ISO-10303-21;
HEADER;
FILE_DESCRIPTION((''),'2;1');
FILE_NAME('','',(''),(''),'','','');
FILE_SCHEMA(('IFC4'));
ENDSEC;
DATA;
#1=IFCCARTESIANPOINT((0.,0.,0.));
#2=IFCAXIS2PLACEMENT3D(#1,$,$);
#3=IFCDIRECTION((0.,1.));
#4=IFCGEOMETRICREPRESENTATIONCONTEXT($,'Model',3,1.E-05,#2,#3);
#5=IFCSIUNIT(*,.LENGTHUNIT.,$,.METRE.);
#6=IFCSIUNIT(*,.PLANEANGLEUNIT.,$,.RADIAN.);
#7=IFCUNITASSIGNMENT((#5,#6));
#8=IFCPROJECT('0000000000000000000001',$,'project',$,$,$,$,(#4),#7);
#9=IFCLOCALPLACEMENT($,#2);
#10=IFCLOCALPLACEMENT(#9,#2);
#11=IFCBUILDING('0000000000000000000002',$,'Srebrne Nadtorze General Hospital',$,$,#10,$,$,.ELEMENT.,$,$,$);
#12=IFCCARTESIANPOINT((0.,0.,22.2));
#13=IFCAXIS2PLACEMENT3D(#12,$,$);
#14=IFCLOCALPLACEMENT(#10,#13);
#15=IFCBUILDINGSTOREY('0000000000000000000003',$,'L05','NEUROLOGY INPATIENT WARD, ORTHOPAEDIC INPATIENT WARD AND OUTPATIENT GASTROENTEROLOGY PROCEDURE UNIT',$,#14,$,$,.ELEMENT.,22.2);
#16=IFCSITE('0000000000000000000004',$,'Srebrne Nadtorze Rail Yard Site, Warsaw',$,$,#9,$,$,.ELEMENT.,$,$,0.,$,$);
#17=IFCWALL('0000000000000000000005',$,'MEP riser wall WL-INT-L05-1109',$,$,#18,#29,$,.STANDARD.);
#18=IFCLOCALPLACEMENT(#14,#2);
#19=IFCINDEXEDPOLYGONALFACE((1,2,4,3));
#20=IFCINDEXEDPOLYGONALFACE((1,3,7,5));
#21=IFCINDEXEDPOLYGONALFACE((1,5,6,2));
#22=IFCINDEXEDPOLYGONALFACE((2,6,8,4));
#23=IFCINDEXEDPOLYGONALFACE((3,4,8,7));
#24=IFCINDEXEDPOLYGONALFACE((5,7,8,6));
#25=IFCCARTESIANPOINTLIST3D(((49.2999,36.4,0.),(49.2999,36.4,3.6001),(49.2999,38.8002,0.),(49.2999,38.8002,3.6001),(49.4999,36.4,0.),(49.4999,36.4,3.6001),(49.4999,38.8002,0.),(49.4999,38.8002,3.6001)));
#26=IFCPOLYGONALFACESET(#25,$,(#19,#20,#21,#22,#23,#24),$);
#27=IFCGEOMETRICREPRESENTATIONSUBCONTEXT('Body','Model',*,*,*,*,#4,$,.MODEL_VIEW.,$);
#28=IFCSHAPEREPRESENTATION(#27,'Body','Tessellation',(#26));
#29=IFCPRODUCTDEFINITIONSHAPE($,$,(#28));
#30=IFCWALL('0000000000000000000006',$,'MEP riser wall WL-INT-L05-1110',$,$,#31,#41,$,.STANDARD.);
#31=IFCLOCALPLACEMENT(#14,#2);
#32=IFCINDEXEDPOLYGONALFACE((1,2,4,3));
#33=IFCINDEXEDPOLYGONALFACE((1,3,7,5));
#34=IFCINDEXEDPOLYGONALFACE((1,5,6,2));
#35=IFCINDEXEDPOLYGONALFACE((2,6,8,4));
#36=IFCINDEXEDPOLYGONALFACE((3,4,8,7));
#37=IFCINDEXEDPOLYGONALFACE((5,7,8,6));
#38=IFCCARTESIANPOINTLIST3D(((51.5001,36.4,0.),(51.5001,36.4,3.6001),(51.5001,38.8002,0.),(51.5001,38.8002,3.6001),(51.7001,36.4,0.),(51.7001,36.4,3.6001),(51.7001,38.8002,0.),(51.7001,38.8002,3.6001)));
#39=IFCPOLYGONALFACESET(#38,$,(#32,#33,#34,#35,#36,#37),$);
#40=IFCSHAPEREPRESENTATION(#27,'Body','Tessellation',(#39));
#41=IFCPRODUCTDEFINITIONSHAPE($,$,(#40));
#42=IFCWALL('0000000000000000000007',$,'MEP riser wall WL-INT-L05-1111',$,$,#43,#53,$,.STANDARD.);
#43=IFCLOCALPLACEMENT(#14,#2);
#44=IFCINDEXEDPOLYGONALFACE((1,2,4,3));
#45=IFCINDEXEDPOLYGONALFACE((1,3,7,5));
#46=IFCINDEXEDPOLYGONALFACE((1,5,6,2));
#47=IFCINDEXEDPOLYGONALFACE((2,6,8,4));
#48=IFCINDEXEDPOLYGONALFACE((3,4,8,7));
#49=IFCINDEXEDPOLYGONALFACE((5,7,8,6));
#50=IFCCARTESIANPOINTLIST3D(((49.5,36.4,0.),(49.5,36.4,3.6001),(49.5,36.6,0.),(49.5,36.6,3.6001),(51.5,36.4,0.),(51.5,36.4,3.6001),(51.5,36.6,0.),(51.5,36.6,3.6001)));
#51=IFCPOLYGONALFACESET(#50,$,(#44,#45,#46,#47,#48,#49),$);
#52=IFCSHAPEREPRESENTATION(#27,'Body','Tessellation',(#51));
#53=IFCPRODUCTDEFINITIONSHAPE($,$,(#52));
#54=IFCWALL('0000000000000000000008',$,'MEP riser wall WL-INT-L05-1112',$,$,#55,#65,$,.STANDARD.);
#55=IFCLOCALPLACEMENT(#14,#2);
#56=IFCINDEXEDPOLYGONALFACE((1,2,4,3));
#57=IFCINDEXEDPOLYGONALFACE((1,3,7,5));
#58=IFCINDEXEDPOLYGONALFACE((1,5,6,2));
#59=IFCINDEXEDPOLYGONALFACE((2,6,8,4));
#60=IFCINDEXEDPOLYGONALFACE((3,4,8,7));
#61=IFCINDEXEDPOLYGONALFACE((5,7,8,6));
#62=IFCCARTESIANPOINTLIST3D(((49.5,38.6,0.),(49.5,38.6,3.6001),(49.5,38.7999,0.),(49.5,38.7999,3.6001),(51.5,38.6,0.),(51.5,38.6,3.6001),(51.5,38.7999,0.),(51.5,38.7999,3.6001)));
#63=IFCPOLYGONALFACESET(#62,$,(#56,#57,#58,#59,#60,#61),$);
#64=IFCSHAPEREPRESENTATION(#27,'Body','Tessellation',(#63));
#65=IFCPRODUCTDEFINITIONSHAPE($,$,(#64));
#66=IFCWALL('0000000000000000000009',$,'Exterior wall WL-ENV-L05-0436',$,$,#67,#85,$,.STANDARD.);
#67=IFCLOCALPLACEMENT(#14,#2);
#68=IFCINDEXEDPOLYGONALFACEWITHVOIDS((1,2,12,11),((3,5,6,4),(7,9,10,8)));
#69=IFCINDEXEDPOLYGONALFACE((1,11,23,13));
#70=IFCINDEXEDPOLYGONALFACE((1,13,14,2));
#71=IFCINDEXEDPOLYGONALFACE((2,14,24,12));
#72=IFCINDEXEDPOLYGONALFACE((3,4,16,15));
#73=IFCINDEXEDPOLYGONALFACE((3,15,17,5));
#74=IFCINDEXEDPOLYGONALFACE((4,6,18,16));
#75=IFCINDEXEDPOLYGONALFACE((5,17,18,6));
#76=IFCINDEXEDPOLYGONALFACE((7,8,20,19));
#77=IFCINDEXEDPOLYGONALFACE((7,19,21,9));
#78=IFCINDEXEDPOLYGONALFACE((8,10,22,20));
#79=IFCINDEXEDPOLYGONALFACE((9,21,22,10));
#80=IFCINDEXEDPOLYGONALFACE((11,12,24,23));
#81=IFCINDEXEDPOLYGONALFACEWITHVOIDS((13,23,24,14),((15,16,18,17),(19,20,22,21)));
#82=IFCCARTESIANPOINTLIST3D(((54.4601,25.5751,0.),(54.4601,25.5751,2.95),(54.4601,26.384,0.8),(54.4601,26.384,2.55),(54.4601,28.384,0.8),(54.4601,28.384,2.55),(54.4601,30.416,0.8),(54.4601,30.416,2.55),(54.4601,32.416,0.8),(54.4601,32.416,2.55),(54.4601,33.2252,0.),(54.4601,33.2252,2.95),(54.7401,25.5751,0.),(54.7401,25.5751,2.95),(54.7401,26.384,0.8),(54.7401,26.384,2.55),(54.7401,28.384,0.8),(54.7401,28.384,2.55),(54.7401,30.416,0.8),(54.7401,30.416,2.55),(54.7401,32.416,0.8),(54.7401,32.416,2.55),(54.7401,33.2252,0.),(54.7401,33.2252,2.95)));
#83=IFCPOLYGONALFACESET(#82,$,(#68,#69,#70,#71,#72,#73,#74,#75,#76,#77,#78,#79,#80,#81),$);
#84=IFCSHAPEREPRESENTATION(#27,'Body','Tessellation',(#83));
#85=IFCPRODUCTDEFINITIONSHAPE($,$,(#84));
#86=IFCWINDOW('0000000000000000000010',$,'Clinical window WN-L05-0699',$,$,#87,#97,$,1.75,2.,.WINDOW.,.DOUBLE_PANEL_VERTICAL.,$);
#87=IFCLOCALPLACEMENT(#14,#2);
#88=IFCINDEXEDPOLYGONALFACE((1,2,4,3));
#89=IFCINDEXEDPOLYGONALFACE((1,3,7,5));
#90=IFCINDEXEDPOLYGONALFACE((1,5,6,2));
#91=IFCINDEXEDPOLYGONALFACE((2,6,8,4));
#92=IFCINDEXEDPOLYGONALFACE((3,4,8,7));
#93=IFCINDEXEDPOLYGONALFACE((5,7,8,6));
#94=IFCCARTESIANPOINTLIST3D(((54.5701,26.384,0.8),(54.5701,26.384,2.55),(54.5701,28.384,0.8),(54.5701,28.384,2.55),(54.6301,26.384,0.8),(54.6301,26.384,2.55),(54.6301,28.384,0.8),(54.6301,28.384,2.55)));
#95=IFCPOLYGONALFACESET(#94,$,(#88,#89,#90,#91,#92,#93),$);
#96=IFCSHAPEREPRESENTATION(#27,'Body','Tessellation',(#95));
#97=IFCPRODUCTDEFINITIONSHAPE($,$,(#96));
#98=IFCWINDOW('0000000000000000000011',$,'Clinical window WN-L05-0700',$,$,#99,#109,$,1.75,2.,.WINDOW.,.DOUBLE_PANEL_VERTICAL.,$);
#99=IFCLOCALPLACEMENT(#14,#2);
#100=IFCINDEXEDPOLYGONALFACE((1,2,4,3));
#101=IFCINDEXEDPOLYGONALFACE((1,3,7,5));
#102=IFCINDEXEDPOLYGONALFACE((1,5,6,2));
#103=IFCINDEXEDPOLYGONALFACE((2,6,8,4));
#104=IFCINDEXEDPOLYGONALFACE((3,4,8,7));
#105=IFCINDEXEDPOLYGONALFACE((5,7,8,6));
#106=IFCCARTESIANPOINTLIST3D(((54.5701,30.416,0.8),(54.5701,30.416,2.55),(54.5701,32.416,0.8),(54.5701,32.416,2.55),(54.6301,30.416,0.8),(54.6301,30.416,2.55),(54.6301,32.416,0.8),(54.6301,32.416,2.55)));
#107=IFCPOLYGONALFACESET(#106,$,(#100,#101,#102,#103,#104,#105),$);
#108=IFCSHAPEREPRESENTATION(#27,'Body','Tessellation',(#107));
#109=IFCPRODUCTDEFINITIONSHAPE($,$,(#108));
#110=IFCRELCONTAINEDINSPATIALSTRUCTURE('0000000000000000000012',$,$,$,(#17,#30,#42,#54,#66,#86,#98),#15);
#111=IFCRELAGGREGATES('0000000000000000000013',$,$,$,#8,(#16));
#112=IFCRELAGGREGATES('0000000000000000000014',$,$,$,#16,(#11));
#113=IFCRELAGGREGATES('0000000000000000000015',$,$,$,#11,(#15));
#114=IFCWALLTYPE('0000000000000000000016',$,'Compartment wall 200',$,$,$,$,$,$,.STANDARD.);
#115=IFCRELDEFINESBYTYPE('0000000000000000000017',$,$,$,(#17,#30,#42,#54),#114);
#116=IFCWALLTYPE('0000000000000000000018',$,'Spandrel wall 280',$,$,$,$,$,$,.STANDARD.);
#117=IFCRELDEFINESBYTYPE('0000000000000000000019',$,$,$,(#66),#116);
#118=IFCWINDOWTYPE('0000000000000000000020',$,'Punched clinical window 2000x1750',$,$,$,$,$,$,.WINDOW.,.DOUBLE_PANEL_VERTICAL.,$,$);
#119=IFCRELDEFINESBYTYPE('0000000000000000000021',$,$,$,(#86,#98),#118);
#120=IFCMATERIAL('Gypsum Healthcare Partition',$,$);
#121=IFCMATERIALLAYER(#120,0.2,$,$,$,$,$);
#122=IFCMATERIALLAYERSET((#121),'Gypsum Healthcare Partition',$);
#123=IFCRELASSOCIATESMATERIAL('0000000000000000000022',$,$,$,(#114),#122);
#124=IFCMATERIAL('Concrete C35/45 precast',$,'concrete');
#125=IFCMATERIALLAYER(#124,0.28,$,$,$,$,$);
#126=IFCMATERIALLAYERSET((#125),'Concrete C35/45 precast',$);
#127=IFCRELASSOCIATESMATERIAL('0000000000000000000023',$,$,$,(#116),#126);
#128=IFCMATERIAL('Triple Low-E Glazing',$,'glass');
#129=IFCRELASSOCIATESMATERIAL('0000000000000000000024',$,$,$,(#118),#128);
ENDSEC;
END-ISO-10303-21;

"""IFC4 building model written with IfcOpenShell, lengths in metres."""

from ifc_helpers import new_model, si_unit, direction, frame, frame_2d, origin, place, context, subcontext, project, spatial, rectangle, extrude, material, layer, layer_set, type_object, element, fill, save


model = new_model("IFC4")

# Units and contexts
model_context = context("Model", 3, precision=1e-05, world=origin(), true_north=direction((0.0, 1.0)))
body_context = subcontext(model_context, "Body", "Model", "MODEL_VIEW")
ifc_project = project(units=[si_unit("LENGTHUNIT", "METRE"), si_unit("PLANEANGLEUNIT", "RADIAN")], contexts=[model_context])

# Site, building, storey
site_placement = place(None, origin())
site = spatial("IfcSite", under=ifc_project, at=site_placement, Name="Srebrne Nadtorze Rail Yard Site, Warsaw", CompositionType="ELEMENT", RefElevation=0.0)
building_placement = place(site_placement, origin())
building = spatial("IfcBuilding", under=site, at=building_placement, Name="Srebrne Nadtorze General Hospital", CompositionType="ELEMENT")
storey_placement = place(building_placement, frame((0.0, 0.0, 22.2)))
storey = spatial("IfcBuildingStorey", under=building, at=storey_placement, Name="L05", Description="NEUROLOGY INPATIENT WARD, ORTHOPAEDIC INPATIENT WARD AND OUTPATIENT GASTROENTEROLOGY PROCEDURE UNIT", CompositionType="ELEMENT", Elevation=22.2)

# Walls
ifc_material_1 = material(Name="Gypsum Healthcare Partition")
ifc_layer_1 = layer(ifc_material_1, 0.2)
ifc_layer_set_1 = layer_set([ifc_layer_1], Name="Gypsum Healthcare Partition")
wall_type_1 = type_object("IfcWallType", Name="Compartment wall 200", PredefinedType="STANDARD", material=ifc_layer_set_1)
for number, where, z_axis, x_axis, name in (
    (1, (49.3999, 36.3999, 0.0), (0.0, 0.0, 1.0), (0.0, 1.0, 0.0), "MEP riser wall WL-INT-L05-1109"),
    (2, (51.6001, 36.3999, 0.0), (0.0, 0.0, 1.0), (0.0, 1.0, 0.0), "MEP riser wall WL-INT-L05-1110"),
):
    element("IfcWall", number, at=place(storey_placement, frame(where, z_axis=z_axis, x_axis=x_axis)), inside=storey, type_object=wall_type_1, Name=name, PredefinedType="STANDARD", context=body_context, shape_type="SweptSolid", body=[
        extrude(rectangle(XDim=2.4001, YDim=0.2, at=frame_2d((1.2002, 0.0))), origin(), (0.0, 0.0, 1.0), 3.6001),
    ])
for number, where, z_axis, x_axis, name in (
    (3, (49.5, 36.5, 0.0), (0.0, 0.0, 1.0), (1.0, 0.0, 0.0), "MEP riser wall WL-INT-L05-1111"),
    (4, (49.5, 38.7, 0.0), (0.0, 0.0, 1.0), (1.0, 0.0, 0.0), "MEP riser wall WL-INT-L05-1112"),
):
    element("IfcWall", number, at=place(storey_placement, frame(where, z_axis=z_axis, x_axis=x_axis)), inside=storey, type_object=wall_type_1, Name=name, PredefinedType="STANDARD", context=body_context, shape_type="SweptSolid", body=[
        extrude(rectangle(XDim=2.0, YDim=0.2, at=frame_2d((1.0, 0.0))), origin(), (0.0, 0.0, 1.0), 3.6001),
    ])

# Wall, openings, windows
ifc_material_2 = material(Name="Concrete C35/45 precast", Category="concrete")
ifc_layer_2 = layer(ifc_material_2, 0.28)
ifc_layer_set_2 = layer_set([ifc_layer_2], Name="Concrete C35/45 precast")
wall_type_2 = type_object("IfcWallType", Name="Spandrel wall 280", PredefinedType="STANDARD", material=ifc_layer_set_2)
wall_1_placement = place(storey_placement, frame((54.6001, 25.575, 0.0), z_axis=(0.0, 0.0, 1.0), x_axis=(0.0, 1.0, 0.0)))
wall_1 = element("IfcWall", 5, at=wall_1_placement, inside=storey, type_object=wall_type_2, Name="Exterior wall WL-ENV-L05-0436", PredefinedType="STANDARD", context=body_context, shape_type="SweptSolid", body=[
    extrude(rectangle(XDim=7.6501, YDim=0.28, at=frame_2d((3.8252, 0.0))), origin(), (0.0, 0.0, 1.0), 2.95),
])
opening_1_placement = place(wall_1_placement, frame((0.8091, 0.0, 0.8)))
opening_1 = element("IfcOpeningElement", 6, at=opening_1_placement, cuts=wall_1, PredefinedType="OPENING", context=body_context, shape_type="SweptSolid", body=[
    extrude(rectangle(XDim=2.0, YDim=1.75, at=frame_2d((1.0, 0.875))), frame((0.0, 0.1519, 0.0), z_axis=(0.0, -1.0, 0.0), x_axis=(1.0, 0.0, 0.0)), (0.0, 0.0, 1.0), 0.304),
])
opening_2_placement = place(wall_1_placement, frame((4.8411, 0.0, 0.8)))
opening_2 = element("IfcOpeningElement", 7, at=opening_2_placement, cuts=wall_1, PredefinedType="OPENING", context=body_context, shape_type="SweptSolid", body=[
    extrude(rectangle(XDim=2.0, YDim=1.75, at=frame_2d((1.0, 0.875))), frame((0.0, 0.1519, 0.0), z_axis=(0.0, -1.0, 0.0), x_axis=(1.0, 0.0, 0.0)), (0.0, 0.0, 1.0), 0.304),
])
ifc_material_3 = material(Name="Triple Low-E Glazing", Category="glass")
window_type = type_object("IfcWindowType", Name="Punched clinical window 2000x1750", PartitioningType="DOUBLE_PANEL_VERTICAL", PredefinedType="WINDOW", material=ifc_material_3)
window_1_placement = place(opening_1_placement, origin())
window_1 = element("IfcWindow", 8, at=window_1_placement, inside=storey, type_object=window_type, Name="Clinical window WN-L05-0699", OverallHeight=1.75, OverallWidth=2.0, PartitioningType="DOUBLE_PANEL_VERTICAL", PredefinedType="WINDOW", context=body_context, shape_type="SweptSolid", body=[
    extrude(rectangle(XDim=2.0, YDim=1.75, at=frame_2d((1.0, 0.875))), frame((0.0, 0.03, 0.0), z_axis=(0.0, -1.0, 0.0), x_axis=(1.0, 0.0, 0.0)), (0.0, 0.0, 1.0), 0.0601),
])
fill(opening_1, window_1)
window_2_placement = place(opening_2_placement, origin())
window_2 = element("IfcWindow", 9, at=window_2_placement, inside=storey, type_object=window_type, Name="Clinical window WN-L05-0700", OverallHeight=1.75, OverallWidth=2.0, PartitioningType="DOUBLE_PANEL_VERTICAL", PredefinedType="WINDOW", context=body_context, shape_type="SweptSolid", body=[
    extrude(rectangle(XDim=2.0, YDim=1.75, at=frame_2d((1.0, 0.875))), frame((0.0, 0.03, 0.0), z_axis=(0.0, -1.0, 0.0), x_axis=(1.0, 0.0, 0.0)), (0.0, 0.0, 1.0), 0.0601),
])
fill(opening_2, window_2)

save(model, "model.ifc")
